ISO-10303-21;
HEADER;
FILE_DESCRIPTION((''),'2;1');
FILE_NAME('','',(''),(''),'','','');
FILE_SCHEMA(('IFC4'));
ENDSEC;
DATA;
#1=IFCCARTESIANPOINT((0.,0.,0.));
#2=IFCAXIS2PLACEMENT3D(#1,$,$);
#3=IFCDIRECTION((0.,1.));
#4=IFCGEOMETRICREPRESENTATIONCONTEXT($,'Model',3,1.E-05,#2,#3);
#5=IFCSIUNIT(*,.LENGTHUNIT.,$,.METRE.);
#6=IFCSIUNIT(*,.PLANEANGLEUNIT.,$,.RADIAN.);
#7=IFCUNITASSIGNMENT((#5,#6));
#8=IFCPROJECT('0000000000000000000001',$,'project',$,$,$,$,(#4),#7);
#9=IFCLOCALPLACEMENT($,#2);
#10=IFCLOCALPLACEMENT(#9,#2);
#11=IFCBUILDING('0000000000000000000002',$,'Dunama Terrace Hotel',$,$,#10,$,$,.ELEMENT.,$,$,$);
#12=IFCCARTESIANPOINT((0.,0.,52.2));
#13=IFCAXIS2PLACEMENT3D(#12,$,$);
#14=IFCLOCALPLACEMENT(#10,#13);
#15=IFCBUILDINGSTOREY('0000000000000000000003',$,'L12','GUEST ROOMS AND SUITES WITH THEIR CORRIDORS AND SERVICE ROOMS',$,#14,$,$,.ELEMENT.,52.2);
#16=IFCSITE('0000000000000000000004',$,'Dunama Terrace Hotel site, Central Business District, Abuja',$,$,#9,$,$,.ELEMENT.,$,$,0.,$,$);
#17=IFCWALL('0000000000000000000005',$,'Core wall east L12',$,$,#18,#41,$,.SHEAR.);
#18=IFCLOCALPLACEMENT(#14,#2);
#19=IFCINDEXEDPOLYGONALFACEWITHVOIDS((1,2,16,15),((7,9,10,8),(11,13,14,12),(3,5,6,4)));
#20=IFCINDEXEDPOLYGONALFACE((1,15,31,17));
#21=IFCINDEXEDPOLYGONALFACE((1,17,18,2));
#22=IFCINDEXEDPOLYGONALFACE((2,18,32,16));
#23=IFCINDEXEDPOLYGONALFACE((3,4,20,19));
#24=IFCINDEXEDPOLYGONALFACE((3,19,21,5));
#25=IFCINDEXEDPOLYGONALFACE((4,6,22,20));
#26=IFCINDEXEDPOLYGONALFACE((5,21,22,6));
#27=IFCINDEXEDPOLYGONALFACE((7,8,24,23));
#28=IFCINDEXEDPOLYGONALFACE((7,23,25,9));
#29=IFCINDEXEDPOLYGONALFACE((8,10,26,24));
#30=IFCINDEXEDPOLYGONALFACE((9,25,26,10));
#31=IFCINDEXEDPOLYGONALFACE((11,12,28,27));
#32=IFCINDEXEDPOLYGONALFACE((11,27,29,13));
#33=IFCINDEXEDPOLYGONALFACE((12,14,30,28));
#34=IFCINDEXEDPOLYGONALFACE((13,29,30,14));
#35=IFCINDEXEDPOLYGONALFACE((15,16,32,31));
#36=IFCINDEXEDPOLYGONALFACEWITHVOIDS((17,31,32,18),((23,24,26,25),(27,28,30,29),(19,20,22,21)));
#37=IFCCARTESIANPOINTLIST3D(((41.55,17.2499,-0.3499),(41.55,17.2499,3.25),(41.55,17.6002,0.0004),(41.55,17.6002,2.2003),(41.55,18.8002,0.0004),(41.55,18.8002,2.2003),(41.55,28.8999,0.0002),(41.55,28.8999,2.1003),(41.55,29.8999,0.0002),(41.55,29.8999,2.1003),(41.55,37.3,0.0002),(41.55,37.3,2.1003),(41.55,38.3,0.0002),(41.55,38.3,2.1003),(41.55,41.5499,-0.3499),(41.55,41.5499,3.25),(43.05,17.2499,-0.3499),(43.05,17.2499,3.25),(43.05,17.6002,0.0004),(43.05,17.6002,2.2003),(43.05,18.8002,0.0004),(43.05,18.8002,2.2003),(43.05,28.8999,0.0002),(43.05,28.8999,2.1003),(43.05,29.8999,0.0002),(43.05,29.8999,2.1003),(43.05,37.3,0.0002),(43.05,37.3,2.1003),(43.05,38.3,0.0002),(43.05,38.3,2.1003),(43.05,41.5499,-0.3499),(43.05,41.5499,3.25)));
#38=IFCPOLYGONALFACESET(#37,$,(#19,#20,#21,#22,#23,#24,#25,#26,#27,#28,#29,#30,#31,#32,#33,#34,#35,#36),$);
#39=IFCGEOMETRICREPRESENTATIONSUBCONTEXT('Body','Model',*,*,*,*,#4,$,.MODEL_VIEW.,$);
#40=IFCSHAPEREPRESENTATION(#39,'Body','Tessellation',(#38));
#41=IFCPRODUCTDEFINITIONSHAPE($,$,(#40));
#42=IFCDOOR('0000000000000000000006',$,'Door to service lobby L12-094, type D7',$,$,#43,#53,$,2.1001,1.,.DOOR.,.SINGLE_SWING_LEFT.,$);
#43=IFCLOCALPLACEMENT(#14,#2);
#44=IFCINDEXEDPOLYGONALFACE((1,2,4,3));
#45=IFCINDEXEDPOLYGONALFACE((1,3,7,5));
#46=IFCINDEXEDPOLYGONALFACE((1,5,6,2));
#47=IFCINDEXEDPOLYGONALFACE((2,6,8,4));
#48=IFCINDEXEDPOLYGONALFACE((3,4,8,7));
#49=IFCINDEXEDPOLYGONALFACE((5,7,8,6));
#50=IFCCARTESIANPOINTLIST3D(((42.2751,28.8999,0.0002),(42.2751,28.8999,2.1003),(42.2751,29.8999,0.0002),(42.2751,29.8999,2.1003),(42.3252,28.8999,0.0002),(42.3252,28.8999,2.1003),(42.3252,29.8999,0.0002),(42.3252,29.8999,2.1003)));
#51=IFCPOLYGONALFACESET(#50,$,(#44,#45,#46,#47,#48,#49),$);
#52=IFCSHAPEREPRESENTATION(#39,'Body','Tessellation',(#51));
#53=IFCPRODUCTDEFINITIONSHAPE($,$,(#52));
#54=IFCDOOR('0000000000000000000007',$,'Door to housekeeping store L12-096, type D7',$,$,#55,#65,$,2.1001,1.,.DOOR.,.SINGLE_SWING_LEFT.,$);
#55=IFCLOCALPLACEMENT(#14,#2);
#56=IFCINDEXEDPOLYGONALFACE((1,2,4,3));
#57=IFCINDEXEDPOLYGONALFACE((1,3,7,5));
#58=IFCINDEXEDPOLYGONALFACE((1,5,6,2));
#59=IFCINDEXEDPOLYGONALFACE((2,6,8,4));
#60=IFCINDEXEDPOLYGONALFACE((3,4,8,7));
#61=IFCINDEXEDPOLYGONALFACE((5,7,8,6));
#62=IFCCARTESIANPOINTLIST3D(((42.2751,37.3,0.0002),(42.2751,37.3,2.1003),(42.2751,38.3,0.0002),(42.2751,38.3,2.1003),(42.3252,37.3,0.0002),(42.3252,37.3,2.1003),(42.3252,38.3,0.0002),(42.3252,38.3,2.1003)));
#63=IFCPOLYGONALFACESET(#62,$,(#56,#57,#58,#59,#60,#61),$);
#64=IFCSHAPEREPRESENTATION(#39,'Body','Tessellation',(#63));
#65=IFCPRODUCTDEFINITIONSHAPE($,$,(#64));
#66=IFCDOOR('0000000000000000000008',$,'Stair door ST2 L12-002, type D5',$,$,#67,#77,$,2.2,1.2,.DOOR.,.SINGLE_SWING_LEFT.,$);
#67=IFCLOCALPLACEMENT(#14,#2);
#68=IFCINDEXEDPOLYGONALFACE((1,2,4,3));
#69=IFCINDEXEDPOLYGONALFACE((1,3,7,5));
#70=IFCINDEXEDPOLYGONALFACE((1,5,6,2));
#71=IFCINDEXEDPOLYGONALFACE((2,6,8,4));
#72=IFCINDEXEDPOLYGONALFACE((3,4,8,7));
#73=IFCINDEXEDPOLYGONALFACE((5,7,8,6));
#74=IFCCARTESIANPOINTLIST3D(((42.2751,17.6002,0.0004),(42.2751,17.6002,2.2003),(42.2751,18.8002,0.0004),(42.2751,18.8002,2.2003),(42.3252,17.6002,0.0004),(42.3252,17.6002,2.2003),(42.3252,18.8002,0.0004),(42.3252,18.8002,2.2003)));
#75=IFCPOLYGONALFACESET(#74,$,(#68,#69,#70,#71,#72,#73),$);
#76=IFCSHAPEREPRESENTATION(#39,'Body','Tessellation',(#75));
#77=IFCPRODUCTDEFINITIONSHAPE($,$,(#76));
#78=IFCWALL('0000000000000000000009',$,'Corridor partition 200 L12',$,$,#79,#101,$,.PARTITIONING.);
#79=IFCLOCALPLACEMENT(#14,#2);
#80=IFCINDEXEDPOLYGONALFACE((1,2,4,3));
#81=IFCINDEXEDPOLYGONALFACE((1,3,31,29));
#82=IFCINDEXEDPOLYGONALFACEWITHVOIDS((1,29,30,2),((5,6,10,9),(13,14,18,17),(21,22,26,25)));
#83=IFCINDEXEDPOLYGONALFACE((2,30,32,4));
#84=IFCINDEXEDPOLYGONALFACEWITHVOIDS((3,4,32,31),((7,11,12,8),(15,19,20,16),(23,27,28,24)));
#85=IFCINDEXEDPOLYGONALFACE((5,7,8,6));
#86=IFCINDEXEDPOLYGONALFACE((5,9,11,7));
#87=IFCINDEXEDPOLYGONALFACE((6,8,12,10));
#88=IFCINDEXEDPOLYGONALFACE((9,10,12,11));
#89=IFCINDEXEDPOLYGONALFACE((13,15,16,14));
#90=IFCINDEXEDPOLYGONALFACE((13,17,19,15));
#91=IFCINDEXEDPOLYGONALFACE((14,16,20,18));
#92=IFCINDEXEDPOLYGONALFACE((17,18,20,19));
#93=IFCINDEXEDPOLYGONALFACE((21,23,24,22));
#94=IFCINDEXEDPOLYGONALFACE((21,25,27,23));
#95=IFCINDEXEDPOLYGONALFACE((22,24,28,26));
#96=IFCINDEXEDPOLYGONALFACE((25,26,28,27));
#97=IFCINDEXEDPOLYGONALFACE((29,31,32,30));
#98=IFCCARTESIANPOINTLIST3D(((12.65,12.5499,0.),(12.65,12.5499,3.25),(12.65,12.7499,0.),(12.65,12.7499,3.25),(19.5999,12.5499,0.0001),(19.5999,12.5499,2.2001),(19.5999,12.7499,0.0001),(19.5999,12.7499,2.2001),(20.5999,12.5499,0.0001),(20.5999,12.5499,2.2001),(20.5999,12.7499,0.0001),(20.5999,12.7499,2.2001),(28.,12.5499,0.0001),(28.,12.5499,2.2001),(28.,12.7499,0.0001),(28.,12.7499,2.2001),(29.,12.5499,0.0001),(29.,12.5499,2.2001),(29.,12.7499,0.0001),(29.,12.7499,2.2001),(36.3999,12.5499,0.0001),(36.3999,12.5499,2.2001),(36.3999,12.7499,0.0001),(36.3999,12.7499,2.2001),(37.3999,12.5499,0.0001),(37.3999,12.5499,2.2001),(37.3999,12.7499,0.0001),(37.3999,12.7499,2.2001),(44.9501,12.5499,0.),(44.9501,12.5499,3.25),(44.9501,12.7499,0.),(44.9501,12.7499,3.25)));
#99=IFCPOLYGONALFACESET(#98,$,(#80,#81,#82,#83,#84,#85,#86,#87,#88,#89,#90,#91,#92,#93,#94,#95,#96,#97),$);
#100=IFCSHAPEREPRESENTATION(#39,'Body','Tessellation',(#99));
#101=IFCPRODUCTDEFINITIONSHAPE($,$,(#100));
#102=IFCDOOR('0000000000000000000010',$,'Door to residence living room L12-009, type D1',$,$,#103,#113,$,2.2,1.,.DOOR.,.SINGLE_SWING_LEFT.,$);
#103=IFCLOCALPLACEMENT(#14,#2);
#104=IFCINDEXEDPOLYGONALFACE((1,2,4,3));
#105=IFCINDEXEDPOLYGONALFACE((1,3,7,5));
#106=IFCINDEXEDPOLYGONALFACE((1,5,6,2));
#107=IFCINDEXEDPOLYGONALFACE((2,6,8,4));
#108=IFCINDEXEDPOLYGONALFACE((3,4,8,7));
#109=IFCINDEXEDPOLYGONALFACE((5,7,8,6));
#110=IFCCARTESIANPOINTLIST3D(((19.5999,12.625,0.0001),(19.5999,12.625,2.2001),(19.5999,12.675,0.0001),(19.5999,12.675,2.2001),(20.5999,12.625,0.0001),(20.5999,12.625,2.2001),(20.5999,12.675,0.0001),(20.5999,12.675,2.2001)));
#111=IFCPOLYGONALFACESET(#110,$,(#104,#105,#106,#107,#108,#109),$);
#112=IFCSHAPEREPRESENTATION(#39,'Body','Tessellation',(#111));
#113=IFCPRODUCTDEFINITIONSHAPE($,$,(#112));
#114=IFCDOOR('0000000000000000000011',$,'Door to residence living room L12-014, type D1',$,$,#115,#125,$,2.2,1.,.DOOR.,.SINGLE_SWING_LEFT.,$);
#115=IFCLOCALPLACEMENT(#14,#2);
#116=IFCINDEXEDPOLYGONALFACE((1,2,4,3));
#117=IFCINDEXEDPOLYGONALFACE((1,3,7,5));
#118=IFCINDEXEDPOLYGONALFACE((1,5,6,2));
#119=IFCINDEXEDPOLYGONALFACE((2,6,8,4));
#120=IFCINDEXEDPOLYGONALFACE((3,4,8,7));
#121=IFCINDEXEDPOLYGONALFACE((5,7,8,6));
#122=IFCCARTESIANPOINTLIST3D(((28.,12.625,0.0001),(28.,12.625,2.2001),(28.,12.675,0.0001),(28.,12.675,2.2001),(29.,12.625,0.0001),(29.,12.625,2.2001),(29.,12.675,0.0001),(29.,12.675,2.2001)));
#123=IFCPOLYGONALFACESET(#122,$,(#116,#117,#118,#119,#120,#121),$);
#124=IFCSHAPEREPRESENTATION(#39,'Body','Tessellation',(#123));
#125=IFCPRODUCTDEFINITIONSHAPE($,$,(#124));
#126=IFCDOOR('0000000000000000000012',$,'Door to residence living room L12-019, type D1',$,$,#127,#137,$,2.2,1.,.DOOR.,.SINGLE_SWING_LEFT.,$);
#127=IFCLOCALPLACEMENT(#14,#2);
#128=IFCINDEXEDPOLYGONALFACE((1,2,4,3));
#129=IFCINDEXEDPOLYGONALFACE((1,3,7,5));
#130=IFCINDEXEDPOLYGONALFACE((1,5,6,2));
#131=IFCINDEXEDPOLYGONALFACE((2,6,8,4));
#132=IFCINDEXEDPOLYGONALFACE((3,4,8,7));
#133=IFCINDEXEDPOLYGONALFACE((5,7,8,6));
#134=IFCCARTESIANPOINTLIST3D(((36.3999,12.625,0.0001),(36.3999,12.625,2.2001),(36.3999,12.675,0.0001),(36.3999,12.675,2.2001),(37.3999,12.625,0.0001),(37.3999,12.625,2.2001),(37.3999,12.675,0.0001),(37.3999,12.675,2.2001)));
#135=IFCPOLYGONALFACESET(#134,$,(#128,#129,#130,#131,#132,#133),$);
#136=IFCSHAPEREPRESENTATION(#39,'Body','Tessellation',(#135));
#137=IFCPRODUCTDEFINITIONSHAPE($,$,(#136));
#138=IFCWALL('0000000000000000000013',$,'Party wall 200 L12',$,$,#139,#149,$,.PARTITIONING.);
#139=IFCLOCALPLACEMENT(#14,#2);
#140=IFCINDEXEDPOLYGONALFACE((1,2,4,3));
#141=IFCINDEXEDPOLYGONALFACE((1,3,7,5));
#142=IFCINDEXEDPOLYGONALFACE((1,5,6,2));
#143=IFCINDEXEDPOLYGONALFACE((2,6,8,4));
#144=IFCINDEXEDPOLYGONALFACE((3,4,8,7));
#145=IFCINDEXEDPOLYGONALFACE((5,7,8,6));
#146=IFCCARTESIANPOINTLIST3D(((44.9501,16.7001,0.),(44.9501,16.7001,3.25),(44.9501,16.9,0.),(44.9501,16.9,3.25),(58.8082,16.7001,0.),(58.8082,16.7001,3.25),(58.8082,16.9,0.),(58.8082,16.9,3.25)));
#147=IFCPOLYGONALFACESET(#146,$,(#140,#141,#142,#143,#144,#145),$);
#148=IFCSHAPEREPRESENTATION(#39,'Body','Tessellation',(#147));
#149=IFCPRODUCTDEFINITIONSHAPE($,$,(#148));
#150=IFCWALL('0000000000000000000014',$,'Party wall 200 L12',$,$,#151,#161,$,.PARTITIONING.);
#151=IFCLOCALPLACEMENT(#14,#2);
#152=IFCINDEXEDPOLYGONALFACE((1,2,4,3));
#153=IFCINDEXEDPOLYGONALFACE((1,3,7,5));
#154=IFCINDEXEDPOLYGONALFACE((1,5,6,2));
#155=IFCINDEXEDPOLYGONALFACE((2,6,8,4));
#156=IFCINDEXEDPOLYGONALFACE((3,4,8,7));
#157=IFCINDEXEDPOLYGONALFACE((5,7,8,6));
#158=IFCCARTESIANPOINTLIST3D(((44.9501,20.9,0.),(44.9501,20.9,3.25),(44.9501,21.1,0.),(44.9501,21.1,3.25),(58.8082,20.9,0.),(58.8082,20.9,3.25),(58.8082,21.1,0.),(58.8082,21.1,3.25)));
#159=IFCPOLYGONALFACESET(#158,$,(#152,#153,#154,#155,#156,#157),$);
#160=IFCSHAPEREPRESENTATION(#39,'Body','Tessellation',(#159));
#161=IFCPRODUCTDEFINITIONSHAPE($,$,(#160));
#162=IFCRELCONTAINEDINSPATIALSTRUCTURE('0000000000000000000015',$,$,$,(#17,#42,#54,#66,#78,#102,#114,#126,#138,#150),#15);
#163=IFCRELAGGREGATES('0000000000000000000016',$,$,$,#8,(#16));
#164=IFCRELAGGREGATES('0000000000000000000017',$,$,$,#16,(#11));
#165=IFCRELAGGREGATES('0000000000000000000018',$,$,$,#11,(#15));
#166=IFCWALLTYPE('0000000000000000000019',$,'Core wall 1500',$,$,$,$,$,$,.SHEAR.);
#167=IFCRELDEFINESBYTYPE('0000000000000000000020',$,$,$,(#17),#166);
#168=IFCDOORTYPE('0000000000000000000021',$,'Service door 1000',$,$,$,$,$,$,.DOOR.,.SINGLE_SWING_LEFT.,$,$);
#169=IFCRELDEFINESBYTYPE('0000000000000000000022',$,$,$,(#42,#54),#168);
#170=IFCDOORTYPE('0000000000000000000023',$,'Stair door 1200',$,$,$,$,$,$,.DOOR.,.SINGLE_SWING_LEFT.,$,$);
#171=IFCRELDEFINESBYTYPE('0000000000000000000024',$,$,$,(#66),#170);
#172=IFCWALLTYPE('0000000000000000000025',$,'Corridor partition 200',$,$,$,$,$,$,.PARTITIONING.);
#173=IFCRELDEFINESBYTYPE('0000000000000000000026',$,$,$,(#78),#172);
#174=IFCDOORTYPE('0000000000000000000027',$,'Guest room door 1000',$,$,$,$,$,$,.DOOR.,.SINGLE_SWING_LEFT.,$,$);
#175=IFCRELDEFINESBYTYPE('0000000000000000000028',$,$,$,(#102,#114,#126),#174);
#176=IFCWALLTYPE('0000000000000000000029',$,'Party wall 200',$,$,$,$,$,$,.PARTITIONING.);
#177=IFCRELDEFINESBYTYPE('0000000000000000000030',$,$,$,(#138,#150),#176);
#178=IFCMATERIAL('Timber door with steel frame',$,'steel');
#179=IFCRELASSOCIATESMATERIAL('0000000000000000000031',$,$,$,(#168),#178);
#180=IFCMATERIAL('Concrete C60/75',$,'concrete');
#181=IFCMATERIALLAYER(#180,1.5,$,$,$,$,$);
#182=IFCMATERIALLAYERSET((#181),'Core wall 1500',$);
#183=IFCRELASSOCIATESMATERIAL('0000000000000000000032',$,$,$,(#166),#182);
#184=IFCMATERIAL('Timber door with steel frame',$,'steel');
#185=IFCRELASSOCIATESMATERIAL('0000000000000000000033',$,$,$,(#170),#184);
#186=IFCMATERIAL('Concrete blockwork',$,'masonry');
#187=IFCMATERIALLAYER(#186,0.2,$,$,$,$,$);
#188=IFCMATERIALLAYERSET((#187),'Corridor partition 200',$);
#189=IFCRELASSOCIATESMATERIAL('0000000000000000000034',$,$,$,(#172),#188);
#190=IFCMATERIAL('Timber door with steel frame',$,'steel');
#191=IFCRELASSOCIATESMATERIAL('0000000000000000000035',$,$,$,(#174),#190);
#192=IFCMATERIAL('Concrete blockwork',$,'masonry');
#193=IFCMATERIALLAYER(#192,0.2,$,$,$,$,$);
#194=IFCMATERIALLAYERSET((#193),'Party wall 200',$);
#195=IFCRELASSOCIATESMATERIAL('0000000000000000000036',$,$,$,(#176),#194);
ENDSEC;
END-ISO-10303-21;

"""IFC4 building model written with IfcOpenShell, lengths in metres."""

from ifc_helpers import new_model, si_unit, direction, frame, frame_2d, origin, place, context, subcontext, project, spatial, rectangle, extrude, material, layer, layer_set, type_object, element, fill, save


model = new_model("IFC4")

# Units and contexts
model_context = context("Model", 3, precision=1e-05, world=origin(), true_north=direction((0.0, 1.0)))
body_context = subcontext(model_context, "Body", "Model", "MODEL_VIEW")
ifc_project = project(units=[si_unit("LENGTHUNIT", "METRE"), si_unit("PLANEANGLEUNIT", "RADIAN")], contexts=[model_context])

# Site, building, storey
site_placement = place(None, origin())
site = spatial("IfcSite", under=ifc_project, at=site_placement, Name="Dunama Terrace Hotel site, Central Business District, Abuja", CompositionType="ELEMENT", RefElevation=0.0)
building_placement = place(site_placement, origin())
building = spatial("IfcBuilding", under=site, at=building_placement, Name="Dunama Terrace Hotel", CompositionType="ELEMENT")
storey_placement = place(building_placement, frame((0.0, 0.0, 52.2)))
storey = spatial("IfcBuildingStorey", under=building, at=storey_placement, Name="L12", Description="GUEST ROOMS AND SUITES WITH THEIR CORRIDORS AND SERVICE ROOMS", CompositionType="ELEMENT", Elevation=52.2)

# Shared definitions
ifc_material_1 = material(Name="Timber door with steel frame", Category="steel")
door_type_1 = type_object("IfcDoorType", Name="Service door 1000", OperationType="SINGLE_SWING_LEFT", PredefinedType="DOOR", material=ifc_material_1)

# Walls, openings, doors
ifc_material_2 = material(Name="Concrete C60/75", Category="concrete")
ifc_layer_1 = layer(ifc_material_2, 1.5)
ifc_layer_set_1 = layer_set([ifc_layer_1], Name="Core wall 1500")
wall_type_1 = type_object("IfcWallType", Name="Core wall 1500", PredefinedType="SHEAR", material=ifc_layer_set_1)
wall_1_placement = place(storey_placement, frame((42.3, 17.25, -0.3499), z_axis=(0.0, 0.0, 1.0), x_axis=(0.0, 1.0, 0.0)))
wall_1 = element("IfcWall", 1, at=wall_1_placement, inside=storey, type_object=wall_type_1, Name="Core wall east L12", PredefinedType="SHEAR", context=body_context, shape_type="SweptSolid", body=[
    extrude(rectangle(XDim=24.3, YDim=1.5, at=frame_2d((12.1499, 0.0))), origin(), (0.0, 0.0, 1.0), 3.5999),
])
opening_1_placement = place(wall_1_placement, frame((0.3501, 0.0, 0.3501)))
opening_1 = element("IfcOpeningElement", 2, at=opening_1_placement, cuts=wall_1, PredefinedType="OPENING", context=body_context, shape_type="SweptSolid", body=[
    extrude(rectangle(XDim=1.2, YDim=2.2, at=frame_2d((0.6001, 1.1001))), frame((0.0, 0.76, 0.0), z_axis=(0.0, -1.0, 0.0), x_axis=(1.0, 0.0, 0.0)), (0.0, 0.0, 1.0), 1.52),
])
opening_2_placement = place(wall_1_placement, frame((11.6499, 0.0, 0.3501)))
opening_2 = element("IfcOpeningElement", 3, at=opening_2_placement, cuts=wall_1, PredefinedType="OPENING", context=body_context, shape_type="SweptSolid", body=[
    extrude(rectangle(XDim=1.0, YDim=2.1001, at=frame_2d((0.5, 1.05))), frame((0.0, 0.76, 0.0), z_axis=(0.0, -1.0, 0.0), x_axis=(1.0, 0.0, 0.0)), (0.0, 0.0, 1.0), 1.52),
])
opening_3_placement = place(wall_1_placement, frame((20.05, 0.0, 0.3501)))
opening_3 = element("IfcOpeningElement", 4, at=opening_3_placement, cuts=wall_1, PredefinedType="OPENING", context=body_context, shape_type="SweptSolid", body=[
    extrude(rectangle(XDim=1.0, YDim=2.1001, at=frame_2d((0.5, 1.05))), frame((0.0, 0.76, 0.0), z_axis=(0.0, -1.0, 0.0), x_axis=(1.0, 0.0, 0.0)), (0.0, 0.0, 1.0), 1.52),
])
door_1_placement = place(opening_2_placement, origin())
door_1 = element("IfcDoor", 5, at=door_1_placement, inside=storey, type_object=door_type_1, Name="Door to service lobby L12-094, type D7", OperationType="SINGLE_SWING_LEFT", OverallHeight=2.1001, OverallWidth=1.0, PredefinedType="DOOR", context=body_context, shape_type="SweptSolid", body=[
    extrude(rectangle(XDim=1.0, YDim=2.1001, at=frame_2d((0.5, 1.05))), frame((0.0, 0.0249, 0.0), z_axis=(0.0, -1.0, 0.0), x_axis=(1.0, 0.0, 0.0)), (0.0, 0.0, 1.0), 0.05),
])
fill(opening_2, door_1)
door_2_placement = place(opening_3_placement, origin())
door_2 = element("IfcDoor", 6, at=door_2_placement, inside=storey, type_object=door_type_1, Name="Door to housekeeping store L12-096, type D7", OperationType="SINGLE_SWING_LEFT", OverallHeight=2.1001, OverallWidth=1.0, PredefinedType="DOOR", context=body_context, shape_type="SweptSolid", body=[
    extrude(rectangle(XDim=1.0, YDim=2.1001, at=frame_2d((0.5, 1.05))), frame((0.0, 0.0249, 0.0), z_axis=(0.0, -1.0, 0.0), x_axis=(1.0, 0.0, 0.0)), (0.0, 0.0, 1.0), 0.05),
])
fill(opening_3, door_2)
ifc_material_3 = material(Name="Timber door with steel frame", Category="steel")
door_type_2 = type_object("IfcDoorType", Name="Stair door 1200", OperationType="SINGLE_SWING_LEFT", PredefinedType="DOOR", material=ifc_material_3)
door_3_placement = place(opening_1_placement, origin())
door_3 = element("IfcDoor", 7, at=door_3_placement, inside=storey, type_object=door_type_2, Name="Stair door ST2 L12-002, type D5", OperationType="SINGLE_SWING_LEFT", OverallHeight=2.2, OverallWidth=1.2, PredefinedType="DOOR", context=body_context, shape_type="SweptSolid", body=[
    extrude(rectangle(XDim=1.2, YDim=2.2, at=frame_2d((0.6001, 1.1001))), frame((0.0, 0.0249, 0.0), z_axis=(0.0, -1.0, 0.0), x_axis=(1.0, 0.0, 0.0)), (0.0, 0.0, 1.0), 0.05),
])
fill(opening_1, door_3)
ifc_material_4 = material(Name="Concrete blockwork", Category="masonry")
ifc_layer_2 = layer(ifc_material_4, 0.2)
ifc_layer_set_2 = layer_set([ifc_layer_2], Name="Corridor partition 200")
wall_type_2 = type_object("IfcWallType", Name="Corridor partition 200", PredefinedType="PARTITIONING", material=ifc_layer_set_2)
wall_2_placement = place(storey_placement, frame((44.95, 12.6499, 0.0), z_axis=(0.0, 0.0, 1.0), x_axis=(-1.0, 0.0, 0.0)))
wall_2 = element("IfcWall", 8, at=wall_2_placement, inside=storey, type_object=wall_type_2, Name="Corridor partition 200 L12", PredefinedType="PARTITIONING", context=body_context, shape_type="SweptSolid", body=[
    extrude(rectangle(XDim=32.3, YDim=0.2, at=frame_2d((16.1499, 0.0))), origin(), (0.0, 0.0, 1.0), 3.25),
])
opening_4_placement = place(wall_2_placement, frame((24.3501, 0.0, 0.0)))
opening_4 = element("IfcOpeningElement", 9, at=opening_4_placement, cuts=wall_2, PredefinedType="OPENING", context=body_context, shape_type="SweptSolid", body=[
    extrude(rectangle(XDim=1.0, YDim=2.2, at=frame_2d((0.5, 1.1001))), frame((0.0, 0.1099, 0.0), z_axis=(0.0, -1.0, 0.0), x_axis=(1.0, 0.0, 0.0)), (0.0, 0.0, 1.0), 0.22),
])
opening_5_placement = place(wall_2_placement, frame((15.95, 0.0, 0.0)))
opening_5 = element("IfcOpeningElement", 10, at=opening_5_placement, cuts=wall_2, PredefinedType="OPENING", context=body_context, shape_type="SweptSolid", body=[
    extrude(rectangle(XDim=1.0, YDim=2.2, at=frame_2d((0.5, 1.1001))), frame((0.0, 0.1099, 0.0), z_axis=(0.0, -1.0, 0.0), x_axis=(1.0, 0.0, 0.0)), (0.0, 0.0, 1.0), 0.22),
])
opening_6_placement = place(wall_2_placement, frame((7.55, 0.0, 0.0)))
opening_6 = element("IfcOpeningElement", 11, at=opening_6_placement, cuts=wall_2, PredefinedType="OPENING", context=body_context, shape_type="SweptSolid", body=[
    extrude(rectangle(XDim=1.0, YDim=2.2, at=frame_2d((0.5, 1.1001))), frame((0.0, 0.1099, 0.0), z_axis=(0.0, -1.0, 0.0), x_axis=(1.0, 0.0, 0.0)), (0.0, 0.0, 1.0), 0.22),
])
ifc_material_5 = material(Name="Timber door with steel frame", Category="steel")
door_type_3 = type_object("IfcDoorType", Name="Guest room door 1000", OperationType="SINGLE_SWING_LEFT", PredefinedType="DOOR", material=ifc_material_5)
door_4_placement = place(opening_4_placement, origin())
door_4 = element("IfcDoor", 12, at=door_4_placement, inside=storey, type_object=door_type_3, Name="Door to residence living room L12-009, type D1", OperationType="SINGLE_SWING_LEFT", OverallHeight=2.2, OverallWidth=1.0, PredefinedType="DOOR", context=body_context, shape_type="SweptSolid", body=[
    extrude(rectangle(XDim=1.0, YDim=2.2, at=frame_2d((0.5, 1.1001))), frame((0.0, 0.0249, 0.0), z_axis=(0.0, -1.0, 0.0), x_axis=(1.0, 0.0, 0.0)), (0.0, 0.0, 1.0), 0.05),
])
fill(opening_4, door_4)
door_5_placement = place(opening_5_placement, origin())
door_5 = element("IfcDoor", 13, at=door_5_placement, inside=storey, type_object=door_type_3, Name="Door to residence living room L12-014, type D1", OperationType="SINGLE_SWING_LEFT", OverallHeight=2.2, OverallWidth=1.0, PredefinedType="DOOR", context=body_context, shape_type="SweptSolid", body=[
    extrude(rectangle(XDim=1.0, YDim=2.2, at=frame_2d((0.5, 1.1001))), frame((0.0, 0.0249, 0.0), z_axis=(0.0, -1.0, 0.0), x_axis=(1.0, 0.0, 0.0)), (0.0, 0.0, 1.0), 0.05),
])
fill(opening_5, door_5)
door_6_placement = place(opening_6_placement, origin())
door_6 = element("IfcDoor", 14, at=door_6_placement, inside=storey, type_object=door_type_3, Name="Door to residence living room L12-019, type D1", OperationType="SINGLE_SWING_LEFT", OverallHeight=2.2, OverallWidth=1.0, PredefinedType="DOOR", context=body_context, shape_type="SweptSolid", body=[
    extrude(rectangle(XDim=1.0, YDim=2.2, at=frame_2d((0.5, 1.1001))), frame((0.0, 0.0249, 0.0), z_axis=(0.0, -1.0, 0.0), x_axis=(1.0, 0.0, 0.0)), (0.0, 0.0, 1.0), 0.05),
])
fill(opening_6, door_6)

# Walls
ifc_material_6 = material(Name="Concrete blockwork", Category="masonry")
ifc_layer_3 = layer(ifc_material_6, 0.2)
ifc_layer_set_3 = layer_set([ifc_layer_3], Name="Party wall 200")
wall_type_3 = type_object("IfcWallType", Name="Party wall 200", PredefinedType="PARTITIONING", material=ifc_layer_set_3)
for number, where, z_axis, x_axis, name in (
    (15, (44.95, 16.8, 0.0), (0.0, 0.0, 1.0), (1.0, 0.0, 0.0), "Party wall 200 L12"),
    (16, (44.95, 21.0, 0.0), (0.0, 0.0, 1.0), (1.0, 0.0, 0.0), "Party wall 200 L12"),
):
    element("IfcWall", number, at=place(storey_placement, frame(where, z_axis=z_axis, x_axis=x_axis)), inside=storey, type_object=wall_type_3, Name=name, PredefinedType="PARTITIONING", context=body_context, shape_type="SweptSolid", body=[
        extrude(rectangle(XDim=13.8582, YDim=0.2, at=frame_2d((6.9292, 0.0))), origin(), (0.0, 0.0, 1.0), 3.25),
    ])

save(model, "model.ifc")
